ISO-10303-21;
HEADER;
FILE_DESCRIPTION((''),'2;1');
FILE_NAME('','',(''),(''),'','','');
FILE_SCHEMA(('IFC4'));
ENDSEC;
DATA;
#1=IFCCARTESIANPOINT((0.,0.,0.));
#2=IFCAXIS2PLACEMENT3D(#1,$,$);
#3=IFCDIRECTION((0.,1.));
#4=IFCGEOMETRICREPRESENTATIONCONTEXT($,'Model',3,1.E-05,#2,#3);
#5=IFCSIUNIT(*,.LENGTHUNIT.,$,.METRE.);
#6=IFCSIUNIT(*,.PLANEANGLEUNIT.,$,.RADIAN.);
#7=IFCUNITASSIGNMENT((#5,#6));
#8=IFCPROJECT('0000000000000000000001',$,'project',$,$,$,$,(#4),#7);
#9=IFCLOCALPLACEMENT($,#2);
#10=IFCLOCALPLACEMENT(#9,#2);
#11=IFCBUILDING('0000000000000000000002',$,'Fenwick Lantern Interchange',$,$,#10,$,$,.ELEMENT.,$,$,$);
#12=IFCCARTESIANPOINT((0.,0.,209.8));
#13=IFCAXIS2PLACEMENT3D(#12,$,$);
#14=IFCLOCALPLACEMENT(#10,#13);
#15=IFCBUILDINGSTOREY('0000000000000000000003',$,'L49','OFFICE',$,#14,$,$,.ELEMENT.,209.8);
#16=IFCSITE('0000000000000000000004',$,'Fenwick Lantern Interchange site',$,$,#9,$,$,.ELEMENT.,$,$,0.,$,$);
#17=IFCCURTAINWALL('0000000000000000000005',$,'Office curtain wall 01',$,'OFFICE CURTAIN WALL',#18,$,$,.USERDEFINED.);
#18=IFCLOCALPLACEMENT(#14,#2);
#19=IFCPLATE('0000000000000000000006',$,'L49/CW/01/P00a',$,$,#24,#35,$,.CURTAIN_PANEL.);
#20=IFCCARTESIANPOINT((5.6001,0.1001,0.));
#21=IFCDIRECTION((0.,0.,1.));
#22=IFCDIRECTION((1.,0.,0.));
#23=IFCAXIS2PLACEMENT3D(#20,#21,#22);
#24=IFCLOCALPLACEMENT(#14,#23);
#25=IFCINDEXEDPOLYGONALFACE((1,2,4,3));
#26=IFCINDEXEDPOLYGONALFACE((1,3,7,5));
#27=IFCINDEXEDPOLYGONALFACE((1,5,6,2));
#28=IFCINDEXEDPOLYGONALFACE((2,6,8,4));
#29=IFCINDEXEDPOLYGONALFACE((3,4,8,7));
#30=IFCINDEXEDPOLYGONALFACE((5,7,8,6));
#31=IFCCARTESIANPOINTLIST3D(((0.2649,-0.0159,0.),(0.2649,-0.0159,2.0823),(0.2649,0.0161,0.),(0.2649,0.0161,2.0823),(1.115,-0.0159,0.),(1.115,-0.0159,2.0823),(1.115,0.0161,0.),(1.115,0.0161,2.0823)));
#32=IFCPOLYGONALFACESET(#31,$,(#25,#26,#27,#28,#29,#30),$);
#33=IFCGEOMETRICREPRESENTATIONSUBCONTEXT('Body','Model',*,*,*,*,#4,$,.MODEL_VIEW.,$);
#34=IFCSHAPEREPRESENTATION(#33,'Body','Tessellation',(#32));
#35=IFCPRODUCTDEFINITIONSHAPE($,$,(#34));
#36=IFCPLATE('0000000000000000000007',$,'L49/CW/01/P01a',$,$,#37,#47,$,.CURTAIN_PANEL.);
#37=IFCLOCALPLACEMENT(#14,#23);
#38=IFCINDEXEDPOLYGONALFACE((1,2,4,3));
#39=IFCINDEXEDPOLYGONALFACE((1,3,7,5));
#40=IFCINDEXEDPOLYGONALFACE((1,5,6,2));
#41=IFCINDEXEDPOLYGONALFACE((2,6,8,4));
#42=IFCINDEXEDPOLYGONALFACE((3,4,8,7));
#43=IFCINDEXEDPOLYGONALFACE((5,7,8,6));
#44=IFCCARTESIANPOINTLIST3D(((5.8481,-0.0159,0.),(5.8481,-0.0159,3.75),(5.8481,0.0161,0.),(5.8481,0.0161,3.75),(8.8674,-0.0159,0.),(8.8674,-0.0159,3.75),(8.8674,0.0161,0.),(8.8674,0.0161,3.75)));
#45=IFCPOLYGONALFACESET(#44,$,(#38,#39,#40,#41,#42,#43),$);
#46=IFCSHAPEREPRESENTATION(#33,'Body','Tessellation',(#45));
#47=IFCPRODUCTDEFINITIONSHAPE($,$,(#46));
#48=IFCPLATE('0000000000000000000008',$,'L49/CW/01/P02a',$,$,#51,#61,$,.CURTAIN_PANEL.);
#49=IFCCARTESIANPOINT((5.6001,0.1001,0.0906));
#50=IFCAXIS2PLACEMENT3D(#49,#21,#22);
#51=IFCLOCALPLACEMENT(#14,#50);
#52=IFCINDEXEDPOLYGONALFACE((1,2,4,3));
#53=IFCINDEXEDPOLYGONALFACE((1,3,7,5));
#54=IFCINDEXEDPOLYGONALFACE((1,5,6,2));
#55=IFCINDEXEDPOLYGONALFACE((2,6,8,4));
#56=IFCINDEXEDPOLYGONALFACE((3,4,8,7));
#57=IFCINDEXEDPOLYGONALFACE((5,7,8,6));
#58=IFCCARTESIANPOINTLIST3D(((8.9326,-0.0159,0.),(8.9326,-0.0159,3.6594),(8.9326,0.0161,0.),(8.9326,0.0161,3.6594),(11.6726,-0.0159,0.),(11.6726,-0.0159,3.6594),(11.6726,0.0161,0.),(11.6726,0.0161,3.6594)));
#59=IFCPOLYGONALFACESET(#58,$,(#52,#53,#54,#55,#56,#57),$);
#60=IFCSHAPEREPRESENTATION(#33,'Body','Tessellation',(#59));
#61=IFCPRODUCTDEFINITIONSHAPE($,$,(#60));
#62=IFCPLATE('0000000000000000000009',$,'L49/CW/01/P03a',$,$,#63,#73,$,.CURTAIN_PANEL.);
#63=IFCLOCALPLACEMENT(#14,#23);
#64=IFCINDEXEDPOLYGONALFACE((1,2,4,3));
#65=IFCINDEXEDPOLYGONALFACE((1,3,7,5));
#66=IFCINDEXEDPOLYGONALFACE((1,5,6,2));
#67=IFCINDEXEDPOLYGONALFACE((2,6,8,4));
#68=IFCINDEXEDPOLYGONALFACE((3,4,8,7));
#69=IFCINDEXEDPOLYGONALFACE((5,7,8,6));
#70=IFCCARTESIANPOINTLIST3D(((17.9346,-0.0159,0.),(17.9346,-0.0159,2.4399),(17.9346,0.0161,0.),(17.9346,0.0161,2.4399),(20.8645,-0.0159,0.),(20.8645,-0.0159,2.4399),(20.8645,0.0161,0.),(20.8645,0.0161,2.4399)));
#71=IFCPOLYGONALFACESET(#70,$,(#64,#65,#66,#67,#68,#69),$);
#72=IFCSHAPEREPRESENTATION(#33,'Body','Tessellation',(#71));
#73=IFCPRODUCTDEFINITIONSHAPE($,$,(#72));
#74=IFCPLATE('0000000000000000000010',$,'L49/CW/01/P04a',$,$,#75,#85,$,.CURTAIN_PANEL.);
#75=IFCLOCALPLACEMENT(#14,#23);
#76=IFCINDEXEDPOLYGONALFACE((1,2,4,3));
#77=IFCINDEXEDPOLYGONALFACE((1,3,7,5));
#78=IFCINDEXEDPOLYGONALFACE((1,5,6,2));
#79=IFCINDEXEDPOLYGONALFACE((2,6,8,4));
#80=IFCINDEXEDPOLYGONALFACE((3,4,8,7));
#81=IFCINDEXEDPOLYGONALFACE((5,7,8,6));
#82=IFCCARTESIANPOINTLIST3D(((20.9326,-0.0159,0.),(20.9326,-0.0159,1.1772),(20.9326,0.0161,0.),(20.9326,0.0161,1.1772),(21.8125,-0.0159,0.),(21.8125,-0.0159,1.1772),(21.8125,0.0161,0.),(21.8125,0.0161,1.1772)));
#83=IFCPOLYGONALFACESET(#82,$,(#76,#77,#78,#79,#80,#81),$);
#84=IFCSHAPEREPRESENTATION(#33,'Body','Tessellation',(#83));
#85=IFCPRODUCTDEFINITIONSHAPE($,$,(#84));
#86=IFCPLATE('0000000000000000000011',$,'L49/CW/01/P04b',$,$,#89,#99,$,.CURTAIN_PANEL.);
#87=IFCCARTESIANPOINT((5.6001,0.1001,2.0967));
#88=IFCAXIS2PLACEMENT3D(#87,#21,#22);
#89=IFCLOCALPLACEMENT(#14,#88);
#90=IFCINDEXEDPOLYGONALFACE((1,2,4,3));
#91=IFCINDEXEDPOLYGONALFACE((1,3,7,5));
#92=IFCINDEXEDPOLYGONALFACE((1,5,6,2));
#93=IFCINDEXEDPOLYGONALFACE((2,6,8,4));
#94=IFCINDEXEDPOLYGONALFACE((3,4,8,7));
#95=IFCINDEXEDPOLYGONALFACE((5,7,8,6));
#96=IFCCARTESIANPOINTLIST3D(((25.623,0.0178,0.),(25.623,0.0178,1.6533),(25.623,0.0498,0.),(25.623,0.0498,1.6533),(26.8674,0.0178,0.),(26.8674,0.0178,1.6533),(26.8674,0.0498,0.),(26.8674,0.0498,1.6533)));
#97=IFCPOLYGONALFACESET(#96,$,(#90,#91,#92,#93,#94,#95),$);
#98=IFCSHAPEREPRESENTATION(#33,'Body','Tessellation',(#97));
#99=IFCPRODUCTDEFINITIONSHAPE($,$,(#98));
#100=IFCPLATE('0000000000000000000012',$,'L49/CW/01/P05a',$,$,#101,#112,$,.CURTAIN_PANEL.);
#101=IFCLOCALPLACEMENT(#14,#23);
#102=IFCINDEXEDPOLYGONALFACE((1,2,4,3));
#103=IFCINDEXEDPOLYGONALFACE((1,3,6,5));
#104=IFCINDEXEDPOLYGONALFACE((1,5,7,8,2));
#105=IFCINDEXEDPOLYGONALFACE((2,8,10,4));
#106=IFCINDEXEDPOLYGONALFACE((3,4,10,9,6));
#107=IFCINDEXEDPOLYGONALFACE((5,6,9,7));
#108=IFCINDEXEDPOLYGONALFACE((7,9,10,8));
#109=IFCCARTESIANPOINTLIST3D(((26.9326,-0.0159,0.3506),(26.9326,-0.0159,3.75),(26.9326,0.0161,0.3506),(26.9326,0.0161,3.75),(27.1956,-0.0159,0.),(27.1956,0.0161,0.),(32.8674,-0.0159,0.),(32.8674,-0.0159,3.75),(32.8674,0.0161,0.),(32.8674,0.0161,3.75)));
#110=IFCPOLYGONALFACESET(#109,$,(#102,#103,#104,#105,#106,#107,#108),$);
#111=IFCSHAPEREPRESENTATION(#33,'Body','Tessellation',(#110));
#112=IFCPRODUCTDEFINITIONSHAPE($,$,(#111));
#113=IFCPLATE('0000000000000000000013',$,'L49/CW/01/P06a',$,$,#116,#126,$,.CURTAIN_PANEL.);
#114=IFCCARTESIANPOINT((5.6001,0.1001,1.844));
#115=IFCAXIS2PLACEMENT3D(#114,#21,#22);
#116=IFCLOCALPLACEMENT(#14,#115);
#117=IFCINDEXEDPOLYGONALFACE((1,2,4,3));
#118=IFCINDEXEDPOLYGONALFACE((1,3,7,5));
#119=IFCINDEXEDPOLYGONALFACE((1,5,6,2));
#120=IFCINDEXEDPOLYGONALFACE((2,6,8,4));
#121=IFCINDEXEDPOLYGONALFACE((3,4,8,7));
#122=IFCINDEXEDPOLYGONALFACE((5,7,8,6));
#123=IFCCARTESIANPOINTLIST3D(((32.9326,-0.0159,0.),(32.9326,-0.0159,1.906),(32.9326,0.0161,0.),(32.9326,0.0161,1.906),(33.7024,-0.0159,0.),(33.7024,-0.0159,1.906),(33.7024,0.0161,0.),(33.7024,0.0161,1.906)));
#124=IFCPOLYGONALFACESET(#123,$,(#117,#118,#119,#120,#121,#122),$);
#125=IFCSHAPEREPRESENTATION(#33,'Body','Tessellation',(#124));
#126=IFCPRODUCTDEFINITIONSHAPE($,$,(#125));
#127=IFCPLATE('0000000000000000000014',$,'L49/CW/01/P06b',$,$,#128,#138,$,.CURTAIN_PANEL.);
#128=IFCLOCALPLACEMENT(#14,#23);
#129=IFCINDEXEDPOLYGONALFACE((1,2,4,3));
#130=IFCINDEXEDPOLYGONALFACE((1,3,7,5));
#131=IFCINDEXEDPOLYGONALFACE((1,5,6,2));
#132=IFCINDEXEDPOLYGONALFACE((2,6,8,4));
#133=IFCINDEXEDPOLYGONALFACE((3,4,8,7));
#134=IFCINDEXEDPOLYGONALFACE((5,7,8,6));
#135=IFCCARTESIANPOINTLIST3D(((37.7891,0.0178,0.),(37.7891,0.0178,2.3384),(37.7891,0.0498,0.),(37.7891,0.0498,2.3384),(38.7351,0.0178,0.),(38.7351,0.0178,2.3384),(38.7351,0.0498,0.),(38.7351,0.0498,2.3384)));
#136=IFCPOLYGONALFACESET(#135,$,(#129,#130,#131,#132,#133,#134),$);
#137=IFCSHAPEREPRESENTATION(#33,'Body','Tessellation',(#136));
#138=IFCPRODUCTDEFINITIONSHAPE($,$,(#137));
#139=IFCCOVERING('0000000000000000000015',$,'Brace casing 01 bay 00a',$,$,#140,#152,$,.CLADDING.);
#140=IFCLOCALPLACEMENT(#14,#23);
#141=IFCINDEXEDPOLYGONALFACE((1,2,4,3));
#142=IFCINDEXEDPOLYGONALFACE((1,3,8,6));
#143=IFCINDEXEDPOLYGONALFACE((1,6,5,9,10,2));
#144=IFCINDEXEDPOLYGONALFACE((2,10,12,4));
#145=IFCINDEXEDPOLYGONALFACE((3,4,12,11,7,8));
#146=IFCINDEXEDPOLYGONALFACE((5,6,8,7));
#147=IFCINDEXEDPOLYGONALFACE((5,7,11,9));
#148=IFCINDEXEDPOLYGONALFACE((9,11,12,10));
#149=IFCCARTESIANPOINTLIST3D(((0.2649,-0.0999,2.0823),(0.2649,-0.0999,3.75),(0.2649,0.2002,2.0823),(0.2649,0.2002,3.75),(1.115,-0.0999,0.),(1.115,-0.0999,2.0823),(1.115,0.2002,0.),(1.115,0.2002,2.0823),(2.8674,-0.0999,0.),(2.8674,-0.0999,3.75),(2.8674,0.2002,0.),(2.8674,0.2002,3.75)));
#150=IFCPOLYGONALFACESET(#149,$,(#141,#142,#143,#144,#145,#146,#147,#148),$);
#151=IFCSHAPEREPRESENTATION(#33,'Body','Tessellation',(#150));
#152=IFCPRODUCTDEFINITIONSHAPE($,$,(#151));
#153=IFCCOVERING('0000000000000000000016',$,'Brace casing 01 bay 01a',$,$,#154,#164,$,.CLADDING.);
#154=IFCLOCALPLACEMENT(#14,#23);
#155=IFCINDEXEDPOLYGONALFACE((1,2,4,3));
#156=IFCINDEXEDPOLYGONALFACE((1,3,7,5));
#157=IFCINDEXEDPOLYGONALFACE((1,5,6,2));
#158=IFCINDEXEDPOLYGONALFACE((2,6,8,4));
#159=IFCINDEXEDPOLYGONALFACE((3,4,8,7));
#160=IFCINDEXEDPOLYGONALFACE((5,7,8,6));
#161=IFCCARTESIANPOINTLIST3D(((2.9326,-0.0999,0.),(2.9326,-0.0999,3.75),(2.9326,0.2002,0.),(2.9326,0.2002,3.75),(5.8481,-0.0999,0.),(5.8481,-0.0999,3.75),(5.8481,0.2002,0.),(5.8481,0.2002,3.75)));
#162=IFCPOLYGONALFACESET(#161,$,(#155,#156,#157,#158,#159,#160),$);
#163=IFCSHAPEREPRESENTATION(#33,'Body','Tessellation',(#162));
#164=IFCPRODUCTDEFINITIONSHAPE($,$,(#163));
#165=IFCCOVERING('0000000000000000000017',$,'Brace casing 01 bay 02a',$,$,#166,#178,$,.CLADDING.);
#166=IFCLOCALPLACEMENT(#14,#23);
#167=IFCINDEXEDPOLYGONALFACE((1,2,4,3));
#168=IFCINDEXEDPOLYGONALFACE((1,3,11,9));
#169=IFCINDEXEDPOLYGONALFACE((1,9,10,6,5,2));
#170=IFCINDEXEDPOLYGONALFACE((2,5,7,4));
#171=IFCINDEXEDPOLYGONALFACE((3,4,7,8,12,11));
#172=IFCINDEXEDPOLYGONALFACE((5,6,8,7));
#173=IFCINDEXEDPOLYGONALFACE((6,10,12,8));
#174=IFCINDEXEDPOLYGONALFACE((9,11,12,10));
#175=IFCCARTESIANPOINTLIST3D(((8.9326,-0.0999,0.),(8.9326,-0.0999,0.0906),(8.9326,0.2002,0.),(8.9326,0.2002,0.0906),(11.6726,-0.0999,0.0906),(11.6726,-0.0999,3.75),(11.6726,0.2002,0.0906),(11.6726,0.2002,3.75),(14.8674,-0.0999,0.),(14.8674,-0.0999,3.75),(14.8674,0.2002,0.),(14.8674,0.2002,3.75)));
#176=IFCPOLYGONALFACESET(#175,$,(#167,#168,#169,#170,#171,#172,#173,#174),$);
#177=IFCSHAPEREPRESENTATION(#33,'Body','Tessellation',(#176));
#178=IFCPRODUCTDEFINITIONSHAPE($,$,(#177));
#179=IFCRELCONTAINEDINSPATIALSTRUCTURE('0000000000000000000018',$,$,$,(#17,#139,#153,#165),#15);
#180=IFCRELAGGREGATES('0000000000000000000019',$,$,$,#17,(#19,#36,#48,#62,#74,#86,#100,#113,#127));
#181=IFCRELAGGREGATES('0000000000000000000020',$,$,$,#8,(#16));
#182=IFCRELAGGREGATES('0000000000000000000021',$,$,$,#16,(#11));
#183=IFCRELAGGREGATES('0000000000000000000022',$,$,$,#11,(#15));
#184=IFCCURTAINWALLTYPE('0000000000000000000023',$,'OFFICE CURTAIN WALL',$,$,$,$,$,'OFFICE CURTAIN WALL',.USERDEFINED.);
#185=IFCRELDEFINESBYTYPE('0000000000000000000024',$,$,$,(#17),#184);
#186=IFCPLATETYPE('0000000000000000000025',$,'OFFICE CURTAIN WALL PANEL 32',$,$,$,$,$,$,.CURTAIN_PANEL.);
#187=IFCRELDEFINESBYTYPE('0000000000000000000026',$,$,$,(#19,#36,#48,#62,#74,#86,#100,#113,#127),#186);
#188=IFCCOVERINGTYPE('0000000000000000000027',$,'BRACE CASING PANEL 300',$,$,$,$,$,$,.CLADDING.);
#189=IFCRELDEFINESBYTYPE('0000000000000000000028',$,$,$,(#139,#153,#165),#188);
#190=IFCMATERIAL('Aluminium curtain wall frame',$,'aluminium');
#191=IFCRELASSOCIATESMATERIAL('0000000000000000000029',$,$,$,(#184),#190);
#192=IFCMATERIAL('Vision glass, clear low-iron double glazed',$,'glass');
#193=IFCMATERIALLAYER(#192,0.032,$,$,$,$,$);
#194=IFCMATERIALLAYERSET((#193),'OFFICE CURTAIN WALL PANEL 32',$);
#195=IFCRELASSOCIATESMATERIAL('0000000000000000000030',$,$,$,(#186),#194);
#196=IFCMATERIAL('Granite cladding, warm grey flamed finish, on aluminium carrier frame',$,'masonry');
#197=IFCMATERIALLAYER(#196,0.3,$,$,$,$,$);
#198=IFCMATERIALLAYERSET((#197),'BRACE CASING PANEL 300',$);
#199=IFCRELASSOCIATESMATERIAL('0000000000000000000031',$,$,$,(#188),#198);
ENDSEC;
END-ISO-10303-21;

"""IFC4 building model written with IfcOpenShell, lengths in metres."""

from ifc_helpers import new_model, si_unit, direction, frame, origin, place, context, subcontext, project, spatial, polyline, outline, extrude, material, layer, layer_set, type_object, element, aggregate, save


model = new_model("IFC4")

# Units and contexts
model_context = context("Model", 3, precision=1e-05, world=origin(), true_north=direction((0.0, 1.0)))
body_context = subcontext(model_context, "Body", "Model", "MODEL_VIEW")
ifc_project = project(units=[si_unit("LENGTHUNIT", "METRE"), si_unit("PLANEANGLEUNIT", "RADIAN")], contexts=[model_context])

# Site, building, storey
site_placement = place(None, origin())
site = spatial("IfcSite", under=ifc_project, at=site_placement, Name="Fenwick Lantern Interchange site", CompositionType="ELEMENT", RefElevation=0.0)
building_placement = place(site_placement, origin())
building = spatial("IfcBuilding", under=site, at=building_placement, Name="Fenwick Lantern Interchange", CompositionType="ELEMENT")
storey_placement = place(building_placement, frame((0.0, 0.0, 209.8)))
storey = spatial("IfcBuildingStorey", under=building, at=storey_placement, Name="L49", Description="OFFICE", CompositionType="ELEMENT", Elevation=209.8)

# Shared definitions
ifc_material_1 = material(Name="Aluminium curtain wall frame", Category="aluminium")
curtain_wall_type = type_object("IfcCurtainWallType", Name="OFFICE CURTAIN WALL", ElementType="OFFICE CURTAIN WALL", PredefinedType="USERDEFINED", material=ifc_material_1)

# Curtain wall, plates
curtain_wall_1_placement = place(storey_placement, origin())
curtain_wall_1 = element("IfcCurtainWall", 1, at=curtain_wall_1_placement, inside=storey, type_object=curtain_wall_type, Name="Office curtain wall 01", ObjectType="OFFICE CURTAIN WALL", PredefinedType="USERDEFINED")
ifc_material_2 = material(Name="Vision glass, clear low-iron double glazed", Category="glass")
ifc_layer_1 = layer(ifc_material_2, 0.032)
ifc_layer_set_1 = layer_set([ifc_layer_1], Name="OFFICE CURTAIN WALL PANEL 32")
plate_type = type_object("IfcPlateType", Name="OFFICE CURTAIN WALL PANEL 32", PredefinedType="CURTAIN_PANEL", material=ifc_layer_set_1)
plate_1_placement = place(storey_placement, frame((5.6001, 0.1001, 0.0), z_axis=(0.0, 0.0, 1.0), x_axis=(1.0, 0.0, 0.0)))
plate_1 = element("IfcPlate", 2, at=plate_1_placement, type_object=plate_type, Name="L49/CW/01/P00a", PredefinedType="CURTAIN_PANEL", context=body_context, shape_type="SweptSolid", body=[
    extrude(outline(polyline([(0.2649, 0.0), (1.115, 0.0), (1.115, 2.0823), (0.2649, 2.0823), (0.2649, 0.0)])), frame((0.0, 0.0161, 0.0), z_axis=(0.0, -1.0, 0.0), x_axis=(1.0, 0.0, 0.0)), (0.0, 0.0, 1.0), 0.032),
])
plate_2_placement = place(storey_placement, frame((5.6001, 0.1001, 0.0), z_axis=(0.0, 0.0, 1.0), x_axis=(1.0, 0.0, 0.0)))
plate_2 = element("IfcPlate", 3, at=plate_2_placement, type_object=plate_type, Name="L49/CW/01/P01a", PredefinedType="CURTAIN_PANEL", context=body_context, shape_type="SweptSolid", body=[
    extrude(outline(polyline([(5.8481, 0.0), (8.8674, 0.0), (8.8674, 3.75), (5.8481, 3.75), (5.8481, 0.0)])), frame((0.0, 0.0161, 0.0), z_axis=(0.0, -1.0, 0.0), x_axis=(1.0, 0.0, 0.0)), (0.0, 0.0, 1.0), 0.032),
])
plate_3_placement = place(storey_placement, frame((5.6001, 0.1001, 0.0906), z_axis=(0.0, 0.0, 1.0), x_axis=(1.0, 0.0, 0.0)))
plate_3 = element("IfcPlate", 4, at=plate_3_placement, type_object=plate_type, Name="L49/CW/01/P02a", PredefinedType="CURTAIN_PANEL", context=body_context, shape_type="SweptSolid", body=[
    extrude(outline(polyline([(8.9326, 0.0), (11.6726, 0.0), (11.6726, 3.6594), (8.9326, 3.6594), (8.9326, 0.0)])), frame((0.0, 0.0161, 0.0), z_axis=(0.0, -1.0, 0.0), x_axis=(1.0, 0.0, 0.0)), (0.0, 0.0, 1.0), 0.032),
])
plate_4_placement = place(storey_placement, frame((5.6001, 0.1001, 0.0), z_axis=(0.0, 0.0, 1.0), x_axis=(1.0, 0.0, 0.0)))
plate_4 = element("IfcPlate", 5, at=plate_4_placement, type_object=plate_type, Name="L49/CW/01/P03a", PredefinedType="CURTAIN_PANEL", context=body_context, shape_type="SweptSolid", body=[
    extrude(outline(polyline([(17.9346, 0.0), (20.8645, 0.0), (20.8645, 2.4399), (17.9346, 2.4399), (17.9346, 0.0)])), frame((0.0, 0.0161, 0.0), z_axis=(0.0, -1.0, 0.0), x_axis=(1.0, 0.0, 0.0)), (0.0, 0.0, 1.0), 0.032),
])
plate_5_placement = place(storey_placement, frame((5.6001, 0.1001, 0.0), z_axis=(0.0, 0.0, 1.0), x_axis=(1.0, 0.0, 0.0)))
plate_5 = element("IfcPlate", 6, at=plate_5_placement, type_object=plate_type, Name="L49/CW/01/P04a", PredefinedType="CURTAIN_PANEL", context=body_context, shape_type="SweptSolid", body=[
    extrude(outline(polyline([(20.9326, 0.0), (21.8125, 0.0), (21.8125, 1.1772), (20.9326, 1.1772), (20.9326, 0.0)])), frame((0.0, 0.0161, 0.0), z_axis=(0.0, -1.0, 0.0), x_axis=(1.0, 0.0, 0.0)), (0.0, 0.0, 1.0), 0.032),
])
plate_6_placement = place(storey_placement, frame((5.6001, 0.1001, 2.0967), z_axis=(0.0, 0.0, 1.0), x_axis=(1.0, 0.0, 0.0)))
plate_6 = element("IfcPlate", 7, at=plate_6_placement, type_object=plate_type, Name="L49/CW/01/P04b", PredefinedType="CURTAIN_PANEL", context=body_context, shape_type="SweptSolid", body=[
    extrude(outline(polyline([(25.623, 0.0), (26.8674, 0.0), (26.8674, 1.6533), (25.623, 1.6533), (25.623, 0.0)])), frame((0.0, 0.0498, 0.0), z_axis=(0.0, -1.0, 0.0), x_axis=(1.0, 0.0, 0.0)), (0.0, 0.0, 1.0), 0.032),
])
plate_7_placement = place(storey_placement, frame((5.6001, 0.1001, 0.0), z_axis=(0.0, 0.0, 1.0), x_axis=(1.0, 0.0, 0.0)))
plate_7 = element("IfcPlate", 8, at=plate_7_placement, type_object=plate_type, Name="L49/CW/01/P05a", PredefinedType="CURTAIN_PANEL", context=body_context, shape_type="SweptSolid", body=[
    extrude(outline(polyline([(27.1956, 0.0), (32.8674, 0.0), (32.8674, 3.75), (26.9326, 3.75), (26.9326, 0.3506), (27.1956, 0.0)])), frame((0.0, 0.0161, 0.0), z_axis=(0.0, -1.0, 0.0), x_axis=(1.0, 0.0, 0.0)), (0.0, 0.0, 1.0), 0.032),
])
plate_8_placement = place(storey_placement, frame((5.6001, 0.1001, 1.844), z_axis=(0.0, 0.0, 1.0), x_axis=(1.0, 0.0, 0.0)))
plate_8 = element("IfcPlate", 9, at=plate_8_placement, type_object=plate_type, Name="L49/CW/01/P06a", PredefinedType="CURTAIN_PANEL", context=body_context, shape_type="SweptSolid", body=[
    extrude(outline(polyline([(32.9326, 0.0), (33.7024, 0.0), (33.7024, 1.906), (32.9326, 1.906), (32.9326, 0.0)])), frame((0.0, 0.0161, 0.0), z_axis=(0.0, -1.0, 0.0), x_axis=(1.0, 0.0, 0.0)), (0.0, 0.0, 1.0), 0.032),
])
plate_9_placement = place(storey_placement, frame((5.6001, 0.1001, 0.0), z_axis=(0.0, 0.0, 1.0), x_axis=(1.0, 0.0, 0.0)))
plate_9 = element("IfcPlate", 10, at=plate_9_placement, type_object=plate_type, Name="L49/CW/01/P06b", PredefinedType="CURTAIN_PANEL", context=body_context, shape_type="SweptSolid", body=[
    extrude(outline(polyline([(37.7891, 0.0), (38.7351, 0.0), (38.7351, 2.3384), (37.7891, 2.3384), (37.7891, 0.0)])), frame((0.0, 0.0498, 0.0), z_axis=(0.0, -1.0, 0.0), x_axis=(1.0, 0.0, 0.0)), (0.0, 0.0, 1.0), 0.032),
])
aggregate(curtain_wall_1, [plate_1, plate_2, plate_3, plate_4, plate_5, plate_6, plate_7, plate_8, plate_9])

# Coverings
ifc_material_3 = material(Name="Granite cladding, warm grey flamed finish, on aluminium carrier frame", Category="masonry")
ifc_layer_2 = layer(ifc_material_3, 0.3)
ifc_layer_set_2 = layer_set([ifc_layer_2], Name="BRACE CASING PANEL 300")
covering_type = type_object("IfcCoveringType", Name="BRACE CASING PANEL 300", PredefinedType="CLADDING", material=ifc_layer_set_2)
covering_1_placement = place(storey_placement, frame((5.6001, 0.1001, 0.0), z_axis=(0.0, 0.0, 1.0), x_axis=(1.0, 0.0, 0.0)))
element("IfcCovering", 11, at=covering_1_placement, inside=storey, type_object=covering_type, Name="Brace casing 01 bay 00a", PredefinedType="CLADDING", context=body_context, shape_type="SweptSolid", body=[
    extrude(outline(polyline([(1.115, 0.0), (2.8674, 0.0), (2.8674, 3.75), (0.2649, 3.75), (0.2649, 2.0823), (1.115, 2.0823), (1.115, 0.0)])), frame((0.0, 0.2002, 0.0), z_axis=(0.0, -1.0, 0.0), x_axis=(1.0, 0.0, 0.0)), (0.0, 0.0, 1.0), 0.3),
])
covering_2_placement = place(storey_placement, frame((5.6001, 0.1001, 0.0), z_axis=(0.0, 0.0, 1.0), x_axis=(1.0, 0.0, 0.0)))
element("IfcCovering", 12, at=covering_2_placement, inside=storey, type_object=covering_type, Name="Brace casing 01 bay 01a", PredefinedType="CLADDING", context=body_context, shape_type="SweptSolid", body=[
    extrude(outline(polyline([(2.9326, 0.0), (5.8481, 0.0), (5.8481, 3.75), (2.9326, 3.75), (2.9326, 0.0)])), frame((0.0, 0.2002, 0.0), z_axis=(0.0, -1.0, 0.0), x_axis=(1.0, 0.0, 0.0)), (0.0, 0.0, 1.0), 0.3),
])
covering_3_placement = place(storey_placement, frame((5.6001, 0.1001, 0.0), z_axis=(0.0, 0.0, 1.0), x_axis=(1.0, 0.0, 0.0)))
element("IfcCovering", 13, at=covering_3_placement, inside=storey, type_object=covering_type, Name="Brace casing 01 bay 02a", PredefinedType="CLADDING", context=body_context, shape_type="SweptSolid", body=[
    extrude(outline(polyline([(8.9326, 0.0), (14.8674, 0.0), (14.8674, 3.75), (11.6726, 3.75), (11.6726, 0.0906), (8.9326, 0.0906), (8.9326, 0.0)])), frame((0.0, 0.2002, 0.0), z_axis=(0.0, -1.0, 0.0), x_axis=(1.0, 0.0, 0.0)), (0.0, 0.0, 1.0), 0.3),
])

save(model, "model.ifc")
